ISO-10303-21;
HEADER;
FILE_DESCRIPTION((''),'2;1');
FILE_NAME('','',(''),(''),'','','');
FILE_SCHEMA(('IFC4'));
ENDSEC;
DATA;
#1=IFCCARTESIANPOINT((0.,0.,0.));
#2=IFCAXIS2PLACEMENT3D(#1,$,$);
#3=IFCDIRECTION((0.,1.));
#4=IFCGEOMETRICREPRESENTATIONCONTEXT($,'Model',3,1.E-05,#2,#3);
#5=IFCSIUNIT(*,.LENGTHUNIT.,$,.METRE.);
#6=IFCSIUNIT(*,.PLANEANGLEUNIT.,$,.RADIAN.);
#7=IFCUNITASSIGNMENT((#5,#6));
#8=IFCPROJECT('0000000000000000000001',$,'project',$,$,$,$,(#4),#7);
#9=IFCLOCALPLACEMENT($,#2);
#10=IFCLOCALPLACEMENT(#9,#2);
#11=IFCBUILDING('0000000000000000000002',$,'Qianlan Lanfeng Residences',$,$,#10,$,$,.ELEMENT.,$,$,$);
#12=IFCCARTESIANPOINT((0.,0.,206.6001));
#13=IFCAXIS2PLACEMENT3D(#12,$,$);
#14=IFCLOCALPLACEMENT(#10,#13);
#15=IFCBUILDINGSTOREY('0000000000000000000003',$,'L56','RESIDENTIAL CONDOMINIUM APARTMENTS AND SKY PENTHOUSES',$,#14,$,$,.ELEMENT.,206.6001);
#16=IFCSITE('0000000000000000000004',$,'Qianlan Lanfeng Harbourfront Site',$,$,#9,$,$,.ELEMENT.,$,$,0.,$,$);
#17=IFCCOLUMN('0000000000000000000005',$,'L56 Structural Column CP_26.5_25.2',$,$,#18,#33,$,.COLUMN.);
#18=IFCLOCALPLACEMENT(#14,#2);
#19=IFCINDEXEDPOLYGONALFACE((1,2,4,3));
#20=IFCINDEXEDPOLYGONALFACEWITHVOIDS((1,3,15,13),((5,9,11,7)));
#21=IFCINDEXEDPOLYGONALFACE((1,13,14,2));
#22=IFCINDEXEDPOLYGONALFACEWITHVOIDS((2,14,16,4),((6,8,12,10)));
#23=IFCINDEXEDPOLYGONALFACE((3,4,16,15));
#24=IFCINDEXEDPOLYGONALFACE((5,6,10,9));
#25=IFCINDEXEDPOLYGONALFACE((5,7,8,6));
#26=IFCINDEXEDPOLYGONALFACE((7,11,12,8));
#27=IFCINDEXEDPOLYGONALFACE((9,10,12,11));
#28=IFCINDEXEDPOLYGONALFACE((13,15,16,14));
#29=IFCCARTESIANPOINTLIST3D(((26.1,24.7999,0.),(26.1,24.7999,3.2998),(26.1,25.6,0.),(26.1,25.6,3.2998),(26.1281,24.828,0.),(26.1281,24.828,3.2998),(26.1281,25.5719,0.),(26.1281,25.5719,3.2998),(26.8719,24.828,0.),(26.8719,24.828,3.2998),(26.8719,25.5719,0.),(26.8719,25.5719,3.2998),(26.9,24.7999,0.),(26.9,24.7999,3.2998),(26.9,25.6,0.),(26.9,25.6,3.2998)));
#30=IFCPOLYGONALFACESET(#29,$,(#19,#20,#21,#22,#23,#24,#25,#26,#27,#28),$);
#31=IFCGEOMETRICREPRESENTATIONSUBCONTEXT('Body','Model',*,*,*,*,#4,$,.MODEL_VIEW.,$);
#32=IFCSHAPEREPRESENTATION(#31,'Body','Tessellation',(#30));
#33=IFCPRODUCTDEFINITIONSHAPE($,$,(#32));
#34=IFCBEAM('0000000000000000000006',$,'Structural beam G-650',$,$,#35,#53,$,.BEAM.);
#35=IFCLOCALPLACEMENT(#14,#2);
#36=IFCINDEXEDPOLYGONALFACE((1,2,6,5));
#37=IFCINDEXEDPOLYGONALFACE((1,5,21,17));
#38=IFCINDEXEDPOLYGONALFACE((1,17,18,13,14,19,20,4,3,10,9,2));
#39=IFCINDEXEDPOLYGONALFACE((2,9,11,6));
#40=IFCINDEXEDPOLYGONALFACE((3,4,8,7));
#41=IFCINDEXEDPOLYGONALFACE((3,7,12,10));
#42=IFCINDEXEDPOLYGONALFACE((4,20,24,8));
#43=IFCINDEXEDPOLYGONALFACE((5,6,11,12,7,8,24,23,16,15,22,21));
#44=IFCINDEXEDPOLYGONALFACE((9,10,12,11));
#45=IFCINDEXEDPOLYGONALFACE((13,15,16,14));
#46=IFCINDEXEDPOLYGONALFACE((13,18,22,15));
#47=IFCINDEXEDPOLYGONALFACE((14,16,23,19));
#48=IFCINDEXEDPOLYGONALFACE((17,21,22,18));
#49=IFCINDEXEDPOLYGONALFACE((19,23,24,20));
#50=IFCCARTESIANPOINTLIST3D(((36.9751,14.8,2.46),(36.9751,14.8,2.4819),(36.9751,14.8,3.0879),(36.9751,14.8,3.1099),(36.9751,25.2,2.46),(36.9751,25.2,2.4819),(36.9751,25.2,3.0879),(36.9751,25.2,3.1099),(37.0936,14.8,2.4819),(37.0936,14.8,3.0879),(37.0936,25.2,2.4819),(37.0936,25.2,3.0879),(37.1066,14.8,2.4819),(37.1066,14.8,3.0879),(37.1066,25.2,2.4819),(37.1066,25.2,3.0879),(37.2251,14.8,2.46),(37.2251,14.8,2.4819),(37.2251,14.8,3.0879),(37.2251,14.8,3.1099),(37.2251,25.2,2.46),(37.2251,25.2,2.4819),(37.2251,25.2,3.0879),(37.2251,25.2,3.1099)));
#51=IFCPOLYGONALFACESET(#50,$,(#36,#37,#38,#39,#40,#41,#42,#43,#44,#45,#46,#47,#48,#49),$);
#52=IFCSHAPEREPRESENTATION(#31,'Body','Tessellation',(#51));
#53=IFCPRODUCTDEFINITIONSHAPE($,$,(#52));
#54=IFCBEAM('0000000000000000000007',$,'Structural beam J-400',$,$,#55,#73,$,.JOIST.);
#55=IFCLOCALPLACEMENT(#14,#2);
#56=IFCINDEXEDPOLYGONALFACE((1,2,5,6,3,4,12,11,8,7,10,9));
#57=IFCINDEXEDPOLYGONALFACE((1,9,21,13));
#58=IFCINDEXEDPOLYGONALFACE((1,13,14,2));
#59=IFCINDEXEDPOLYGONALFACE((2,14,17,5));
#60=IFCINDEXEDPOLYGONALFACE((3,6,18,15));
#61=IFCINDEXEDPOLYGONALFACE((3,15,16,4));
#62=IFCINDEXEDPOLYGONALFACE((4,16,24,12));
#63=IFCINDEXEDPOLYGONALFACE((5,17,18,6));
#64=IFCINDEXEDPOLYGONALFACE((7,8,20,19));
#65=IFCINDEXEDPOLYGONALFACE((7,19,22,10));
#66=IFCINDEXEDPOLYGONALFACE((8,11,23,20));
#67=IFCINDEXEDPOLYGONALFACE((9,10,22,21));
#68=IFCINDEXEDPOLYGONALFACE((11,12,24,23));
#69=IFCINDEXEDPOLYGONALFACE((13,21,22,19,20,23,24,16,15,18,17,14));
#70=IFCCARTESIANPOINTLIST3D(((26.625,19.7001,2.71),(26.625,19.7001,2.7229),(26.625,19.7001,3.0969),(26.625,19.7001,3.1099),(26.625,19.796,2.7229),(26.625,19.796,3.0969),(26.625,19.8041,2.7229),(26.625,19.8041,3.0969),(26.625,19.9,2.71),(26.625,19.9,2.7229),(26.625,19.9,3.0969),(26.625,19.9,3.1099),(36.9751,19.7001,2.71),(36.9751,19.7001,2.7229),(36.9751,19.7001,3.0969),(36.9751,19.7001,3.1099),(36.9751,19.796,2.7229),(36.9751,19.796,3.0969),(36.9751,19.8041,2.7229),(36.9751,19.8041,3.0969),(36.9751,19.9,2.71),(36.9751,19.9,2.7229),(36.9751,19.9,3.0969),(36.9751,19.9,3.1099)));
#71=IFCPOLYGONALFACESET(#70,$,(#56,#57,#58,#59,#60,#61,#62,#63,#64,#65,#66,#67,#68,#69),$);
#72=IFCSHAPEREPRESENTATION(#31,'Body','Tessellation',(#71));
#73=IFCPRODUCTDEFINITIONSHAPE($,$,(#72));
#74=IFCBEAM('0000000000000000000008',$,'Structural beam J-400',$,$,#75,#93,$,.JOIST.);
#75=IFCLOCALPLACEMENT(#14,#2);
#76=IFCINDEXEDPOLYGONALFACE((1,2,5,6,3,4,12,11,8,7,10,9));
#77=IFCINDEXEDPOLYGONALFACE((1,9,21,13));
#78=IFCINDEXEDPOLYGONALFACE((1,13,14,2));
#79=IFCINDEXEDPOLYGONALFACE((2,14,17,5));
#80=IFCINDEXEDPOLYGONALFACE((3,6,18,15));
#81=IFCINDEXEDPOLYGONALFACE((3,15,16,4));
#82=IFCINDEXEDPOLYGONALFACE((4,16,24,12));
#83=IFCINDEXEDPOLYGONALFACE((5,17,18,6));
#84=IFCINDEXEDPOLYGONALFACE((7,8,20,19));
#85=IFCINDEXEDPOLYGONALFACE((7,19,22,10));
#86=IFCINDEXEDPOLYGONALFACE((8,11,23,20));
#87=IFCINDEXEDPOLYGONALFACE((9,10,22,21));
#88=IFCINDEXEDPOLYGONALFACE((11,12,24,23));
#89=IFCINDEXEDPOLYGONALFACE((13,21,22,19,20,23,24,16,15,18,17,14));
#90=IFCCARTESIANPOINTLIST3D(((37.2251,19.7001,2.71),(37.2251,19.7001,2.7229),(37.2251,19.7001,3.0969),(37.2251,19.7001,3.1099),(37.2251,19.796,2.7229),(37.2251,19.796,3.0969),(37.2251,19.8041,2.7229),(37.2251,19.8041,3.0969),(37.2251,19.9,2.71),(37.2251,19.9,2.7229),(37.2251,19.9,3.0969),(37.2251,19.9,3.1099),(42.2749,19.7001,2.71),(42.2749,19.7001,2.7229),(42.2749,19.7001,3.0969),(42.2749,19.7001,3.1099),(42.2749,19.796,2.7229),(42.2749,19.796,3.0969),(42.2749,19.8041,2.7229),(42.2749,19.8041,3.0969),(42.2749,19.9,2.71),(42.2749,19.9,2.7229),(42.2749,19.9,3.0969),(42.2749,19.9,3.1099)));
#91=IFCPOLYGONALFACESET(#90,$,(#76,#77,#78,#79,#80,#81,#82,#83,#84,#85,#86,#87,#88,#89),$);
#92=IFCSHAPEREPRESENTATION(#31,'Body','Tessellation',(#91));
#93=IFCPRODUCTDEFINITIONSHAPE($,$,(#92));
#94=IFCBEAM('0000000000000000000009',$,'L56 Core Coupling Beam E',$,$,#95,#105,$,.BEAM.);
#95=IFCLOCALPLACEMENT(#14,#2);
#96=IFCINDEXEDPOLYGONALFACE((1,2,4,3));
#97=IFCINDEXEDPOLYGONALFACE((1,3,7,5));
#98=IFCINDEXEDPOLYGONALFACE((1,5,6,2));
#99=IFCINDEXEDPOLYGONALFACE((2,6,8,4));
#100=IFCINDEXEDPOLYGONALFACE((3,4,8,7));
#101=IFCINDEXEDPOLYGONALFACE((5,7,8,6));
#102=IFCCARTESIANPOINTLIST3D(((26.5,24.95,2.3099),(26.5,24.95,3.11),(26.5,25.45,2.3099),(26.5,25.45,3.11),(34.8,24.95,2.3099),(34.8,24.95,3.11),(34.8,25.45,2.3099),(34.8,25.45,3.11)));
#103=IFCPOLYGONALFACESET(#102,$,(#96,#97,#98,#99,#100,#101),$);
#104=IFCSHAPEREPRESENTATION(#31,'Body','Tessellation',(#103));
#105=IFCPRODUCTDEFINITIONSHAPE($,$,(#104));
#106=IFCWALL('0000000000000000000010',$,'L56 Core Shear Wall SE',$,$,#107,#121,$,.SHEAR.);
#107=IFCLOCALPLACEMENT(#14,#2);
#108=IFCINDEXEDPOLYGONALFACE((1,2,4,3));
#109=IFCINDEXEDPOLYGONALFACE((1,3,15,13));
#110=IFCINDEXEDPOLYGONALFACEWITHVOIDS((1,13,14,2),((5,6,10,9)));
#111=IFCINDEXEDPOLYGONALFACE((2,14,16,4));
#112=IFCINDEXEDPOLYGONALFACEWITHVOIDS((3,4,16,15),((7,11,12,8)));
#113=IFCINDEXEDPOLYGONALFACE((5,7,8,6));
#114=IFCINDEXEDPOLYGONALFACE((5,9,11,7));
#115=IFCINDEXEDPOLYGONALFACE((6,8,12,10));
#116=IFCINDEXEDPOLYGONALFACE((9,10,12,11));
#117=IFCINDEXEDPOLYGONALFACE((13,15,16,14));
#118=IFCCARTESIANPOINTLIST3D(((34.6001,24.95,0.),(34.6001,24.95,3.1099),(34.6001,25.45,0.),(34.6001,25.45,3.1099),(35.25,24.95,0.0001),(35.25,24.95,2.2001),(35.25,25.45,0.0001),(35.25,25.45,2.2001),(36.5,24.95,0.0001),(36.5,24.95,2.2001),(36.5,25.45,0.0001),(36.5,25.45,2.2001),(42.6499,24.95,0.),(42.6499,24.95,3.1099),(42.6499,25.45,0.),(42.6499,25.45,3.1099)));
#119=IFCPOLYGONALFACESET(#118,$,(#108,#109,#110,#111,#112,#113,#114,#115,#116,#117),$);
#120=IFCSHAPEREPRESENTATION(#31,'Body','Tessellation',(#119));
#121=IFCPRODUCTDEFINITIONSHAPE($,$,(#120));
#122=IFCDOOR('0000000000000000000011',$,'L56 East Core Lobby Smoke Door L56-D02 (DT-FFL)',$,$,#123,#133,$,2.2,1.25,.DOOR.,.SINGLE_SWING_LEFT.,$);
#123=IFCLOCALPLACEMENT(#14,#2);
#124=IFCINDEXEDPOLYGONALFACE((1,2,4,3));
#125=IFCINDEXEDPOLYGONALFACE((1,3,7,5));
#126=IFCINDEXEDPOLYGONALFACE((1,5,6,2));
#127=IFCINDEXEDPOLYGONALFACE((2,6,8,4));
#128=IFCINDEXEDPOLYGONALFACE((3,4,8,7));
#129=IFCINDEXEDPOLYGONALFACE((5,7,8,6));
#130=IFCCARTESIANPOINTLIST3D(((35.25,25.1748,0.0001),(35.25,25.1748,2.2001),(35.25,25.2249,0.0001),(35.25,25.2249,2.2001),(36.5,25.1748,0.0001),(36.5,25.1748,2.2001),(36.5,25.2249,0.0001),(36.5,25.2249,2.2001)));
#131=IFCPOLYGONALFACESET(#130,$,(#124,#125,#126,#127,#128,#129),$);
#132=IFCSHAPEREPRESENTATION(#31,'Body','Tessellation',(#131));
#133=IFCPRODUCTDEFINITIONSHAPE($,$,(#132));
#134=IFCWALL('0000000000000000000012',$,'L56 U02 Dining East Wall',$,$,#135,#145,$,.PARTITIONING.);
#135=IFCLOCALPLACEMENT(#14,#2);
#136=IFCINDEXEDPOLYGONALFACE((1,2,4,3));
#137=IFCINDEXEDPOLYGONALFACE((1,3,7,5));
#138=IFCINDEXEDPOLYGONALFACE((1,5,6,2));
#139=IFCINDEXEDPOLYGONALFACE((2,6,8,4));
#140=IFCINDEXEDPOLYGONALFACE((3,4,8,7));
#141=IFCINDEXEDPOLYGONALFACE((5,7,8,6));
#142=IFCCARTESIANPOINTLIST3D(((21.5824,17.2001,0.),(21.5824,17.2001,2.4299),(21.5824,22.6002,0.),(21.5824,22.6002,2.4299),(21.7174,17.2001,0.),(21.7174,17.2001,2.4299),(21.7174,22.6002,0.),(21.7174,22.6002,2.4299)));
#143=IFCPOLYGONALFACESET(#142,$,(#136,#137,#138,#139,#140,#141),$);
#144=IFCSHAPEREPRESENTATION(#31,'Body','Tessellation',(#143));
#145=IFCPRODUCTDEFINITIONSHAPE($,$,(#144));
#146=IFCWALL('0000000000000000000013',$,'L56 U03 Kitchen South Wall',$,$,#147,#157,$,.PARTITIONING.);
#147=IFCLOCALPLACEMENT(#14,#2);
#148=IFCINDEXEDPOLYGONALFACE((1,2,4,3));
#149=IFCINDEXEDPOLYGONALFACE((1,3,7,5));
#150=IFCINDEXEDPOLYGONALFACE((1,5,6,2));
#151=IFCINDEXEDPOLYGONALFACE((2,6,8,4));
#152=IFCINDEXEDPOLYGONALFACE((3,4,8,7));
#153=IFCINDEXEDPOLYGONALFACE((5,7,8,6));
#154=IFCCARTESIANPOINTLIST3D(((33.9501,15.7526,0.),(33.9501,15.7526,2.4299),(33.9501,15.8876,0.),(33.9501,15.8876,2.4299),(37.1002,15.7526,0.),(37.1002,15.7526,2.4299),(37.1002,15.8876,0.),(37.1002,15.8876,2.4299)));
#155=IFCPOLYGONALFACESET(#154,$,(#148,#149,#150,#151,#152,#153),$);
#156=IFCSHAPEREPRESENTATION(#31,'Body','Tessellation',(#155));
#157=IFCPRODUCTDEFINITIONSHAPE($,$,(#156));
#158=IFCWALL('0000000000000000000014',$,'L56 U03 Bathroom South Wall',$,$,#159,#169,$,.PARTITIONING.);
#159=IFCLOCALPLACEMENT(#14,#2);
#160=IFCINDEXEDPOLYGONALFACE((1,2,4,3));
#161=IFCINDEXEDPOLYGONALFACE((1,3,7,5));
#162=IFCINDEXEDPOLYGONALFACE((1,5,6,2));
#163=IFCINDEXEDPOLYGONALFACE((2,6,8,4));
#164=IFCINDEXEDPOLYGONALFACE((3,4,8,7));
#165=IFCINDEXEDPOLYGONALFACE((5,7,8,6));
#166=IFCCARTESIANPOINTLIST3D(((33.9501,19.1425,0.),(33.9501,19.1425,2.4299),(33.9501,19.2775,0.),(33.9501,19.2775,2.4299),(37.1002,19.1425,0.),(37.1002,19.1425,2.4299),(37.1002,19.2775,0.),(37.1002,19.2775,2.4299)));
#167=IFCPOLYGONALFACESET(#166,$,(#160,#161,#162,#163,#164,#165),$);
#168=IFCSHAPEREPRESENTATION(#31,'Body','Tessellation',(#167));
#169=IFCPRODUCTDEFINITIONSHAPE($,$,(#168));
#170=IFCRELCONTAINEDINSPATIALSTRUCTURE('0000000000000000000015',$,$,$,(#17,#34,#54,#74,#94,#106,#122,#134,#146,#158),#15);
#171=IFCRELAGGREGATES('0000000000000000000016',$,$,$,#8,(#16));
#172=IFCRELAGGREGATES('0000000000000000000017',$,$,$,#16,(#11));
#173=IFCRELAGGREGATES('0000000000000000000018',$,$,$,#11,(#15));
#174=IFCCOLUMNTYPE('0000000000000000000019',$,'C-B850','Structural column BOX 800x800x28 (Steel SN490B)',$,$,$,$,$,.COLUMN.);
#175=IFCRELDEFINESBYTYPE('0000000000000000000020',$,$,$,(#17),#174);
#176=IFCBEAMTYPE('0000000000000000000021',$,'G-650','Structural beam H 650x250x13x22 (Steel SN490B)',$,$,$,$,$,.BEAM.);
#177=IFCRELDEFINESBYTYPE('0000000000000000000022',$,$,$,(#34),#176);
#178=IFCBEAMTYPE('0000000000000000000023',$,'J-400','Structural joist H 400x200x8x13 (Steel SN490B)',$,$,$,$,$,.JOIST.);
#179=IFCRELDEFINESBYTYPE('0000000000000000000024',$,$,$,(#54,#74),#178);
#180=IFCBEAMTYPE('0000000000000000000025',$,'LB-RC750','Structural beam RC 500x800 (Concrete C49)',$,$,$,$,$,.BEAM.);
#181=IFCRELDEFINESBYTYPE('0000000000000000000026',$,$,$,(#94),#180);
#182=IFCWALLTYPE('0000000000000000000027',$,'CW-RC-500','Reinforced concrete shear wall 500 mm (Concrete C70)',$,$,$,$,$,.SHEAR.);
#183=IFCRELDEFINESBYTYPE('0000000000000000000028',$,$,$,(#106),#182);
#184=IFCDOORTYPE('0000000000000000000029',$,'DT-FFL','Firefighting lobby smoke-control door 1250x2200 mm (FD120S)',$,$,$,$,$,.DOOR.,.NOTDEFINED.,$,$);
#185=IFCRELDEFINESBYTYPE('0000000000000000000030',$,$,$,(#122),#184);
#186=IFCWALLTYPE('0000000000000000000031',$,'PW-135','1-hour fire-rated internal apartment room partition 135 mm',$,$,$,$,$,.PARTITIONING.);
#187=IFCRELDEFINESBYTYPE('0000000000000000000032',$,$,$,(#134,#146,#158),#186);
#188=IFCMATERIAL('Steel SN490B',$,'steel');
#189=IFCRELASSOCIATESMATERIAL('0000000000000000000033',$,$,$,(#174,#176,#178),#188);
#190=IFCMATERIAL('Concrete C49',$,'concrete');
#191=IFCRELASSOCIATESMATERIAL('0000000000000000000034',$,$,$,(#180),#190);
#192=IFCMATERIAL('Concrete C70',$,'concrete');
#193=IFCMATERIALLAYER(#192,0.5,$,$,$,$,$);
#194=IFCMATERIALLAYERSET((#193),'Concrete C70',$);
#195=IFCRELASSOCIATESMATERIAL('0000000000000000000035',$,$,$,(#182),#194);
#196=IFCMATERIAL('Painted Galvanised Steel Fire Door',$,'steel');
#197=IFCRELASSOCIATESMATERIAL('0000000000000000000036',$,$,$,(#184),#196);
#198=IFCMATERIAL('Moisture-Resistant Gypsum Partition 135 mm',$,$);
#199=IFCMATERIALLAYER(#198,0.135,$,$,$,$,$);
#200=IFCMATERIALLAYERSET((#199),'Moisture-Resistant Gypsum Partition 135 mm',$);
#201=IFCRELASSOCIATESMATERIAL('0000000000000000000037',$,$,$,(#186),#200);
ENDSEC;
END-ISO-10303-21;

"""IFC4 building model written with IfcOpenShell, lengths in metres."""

from ifc_helpers import new_model, si_unit, direction, frame, frame_2d, origin, origin_2d, place, context, subcontext, project, spatial, rectangle, hollow_rectangle, i_section, extrude, material, layer, layer_set, material_profile, profile_set, type_object, element, fill, save


model = new_model("IFC4")

# Units and contexts
model_context = context("Model", 3, precision=1e-05, world=origin(), true_north=direction((0.0, 1.0)))
body_context = subcontext(model_context, "Body", "Model", "MODEL_VIEW")
ifc_project = project(units=[si_unit("LENGTHUNIT", "METRE"), si_unit("PLANEANGLEUNIT", "RADIAN")], contexts=[model_context])

# Site, building, storey
site_placement = place(None, origin())
site = spatial("IfcSite", under=ifc_project, at=site_placement, Name="Qianlan Lanfeng Harbourfront Site", CompositionType="ELEMENT", RefElevation=0.0)
building_placement = place(site_placement, origin())
building = spatial("IfcBuilding", under=site, at=building_placement, Name="Qianlan Lanfeng Residences", CompositionType="ELEMENT")
storey_placement = place(building_placement, frame((0.0, 0.0, 206.6001)))
storey = spatial("IfcBuildingStorey", under=building, at=storey_placement, Name="L56", Description="RESIDENTIAL CONDOMINIUM APARTMENTS AND SKY PENTHOUSES", CompositionType="ELEMENT", Elevation=206.6001)

# Column
ifc_material_1 = material(Name="Steel SN490B", Category="steel")
ifc_material_profile_1 = material_profile(ifc_material_1, hollow_rectangle(XDim=0.8, YDim=0.8, WallThickness=0.0281, at=origin_2d()), Name="BOX 800x800x28")
ifc_profile_set_1 = profile_set([ifc_material_profile_1], Name="Steel SN490B")
column_type = type_object("IfcColumnType", Name="C-B850", Description="Structural column BOX 800x800x28 (Steel SN490B)", PredefinedType="COLUMN", material=ifc_profile_set_1)
column_placement = place(storey_placement, frame((26.5, 25.2, 0.0), z_axis=(0.0, 0.0, 1.0), x_axis=(1.0, 0.0, 0.0)))
element("IfcColumn", 1, at=column_placement, inside=storey, type_object=column_type, Name="L56 Structural Column CP_26.5_25.2", PredefinedType="COLUMN", context=body_context, shape_type="SweptSolid", body=[
    extrude(hollow_rectangle(XDim=0.8, YDim=0.8, WallThickness=0.0281, at=origin_2d()), origin(), (0.0, 0.0, 1.0), 3.2998),
])

# Beams
ifc_material_profile_2 = material_profile(ifc_material_1, i_section(OverallWidth=0.25, OverallDepth=0.6499, WebThickness=0.0129, FlangeThickness=0.022, at=origin_2d()), Name="H 650x250x13x22")
ifc_profile_set_2 = profile_set([ifc_material_profile_2], Name="Steel SN490B")
beam_type_1 = type_object("IfcBeamType", Name="G-650", Description="Structural beam H 650x250x13x22 (Steel SN490B)", PredefinedType="BEAM", material=ifc_profile_set_2)
beam_1_placement = place(storey_placement, frame((37.1001, 14.8, 2.7849), z_axis=(0.0, 1.0, 0.0), x_axis=(-1.0, 0.0, 0.0)))
element("IfcBeam", 2, at=beam_1_placement, inside=storey, type_object=beam_type_1, Name="Structural beam G-650", PredefinedType="BEAM", context=body_context, shape_type="SweptSolid", body=[
    extrude(i_section(OverallWidth=0.25, OverallDepth=0.6499, WebThickness=0.0129, FlangeThickness=0.022, at=origin_2d()), origin(), (0.0, 0.0, 1.0), 10.3999),
])
ifc_material_profile_3 = material_profile(ifc_material_1, i_section(OverallWidth=0.2, OverallDepth=0.3999, WebThickness=0.0081, FlangeThickness=0.0129, at=origin_2d()), Name="H 400x200x8x13")
ifc_profile_set_3 = profile_set([ifc_material_profile_3], Name="Steel SN490B")
beam_type_2 = type_object("IfcBeamType", Name="J-400", Description="Structural joist H 400x200x8x13 (Steel SN490B)", PredefinedType="JOIST", material=ifc_profile_set_3)
beam_2_placement = place(storey_placement, frame((26.625, 19.8, 2.9099), z_axis=(1.0, 0.0, 0.0), x_axis=(0.0, 1.0, 0.0)))
element("IfcBeam", 3, at=beam_2_placement, inside=storey, type_object=beam_type_2, Name="Structural beam J-400", PredefinedType="JOIST", context=body_context, shape_type="SweptSolid", body=[
    extrude(i_section(OverallWidth=0.2, OverallDepth=0.3999, WebThickness=0.0081, FlangeThickness=0.0129, at=origin_2d()), origin(), (0.0, 0.0, 1.0), 10.3501),
])
beam_3_placement = place(storey_placement, frame((37.2251, 19.8, 2.9099), z_axis=(1.0, 0.0, 0.0), x_axis=(0.0, 1.0, 0.0)))
element("IfcBeam", 4, at=beam_3_placement, inside=storey, type_object=beam_type_2, Name="Structural beam J-400", PredefinedType="JOIST", context=body_context, shape_type="SweptSolid", body=[
    extrude(i_section(OverallWidth=0.2, OverallDepth=0.3999, WebThickness=0.0081, FlangeThickness=0.0129, at=origin_2d()), origin(), (0.0, 0.0, 1.0), 5.0498),
])
ifc_material_2 = material(Name="Concrete C49", Category="concrete")
ifc_material_profile_4 = material_profile(ifc_material_2, rectangle(XDim=0.5, YDim=0.8, at=origin_2d()), Name="RC 500x800")
ifc_profile_set_4 = profile_set([ifc_material_profile_4], Name="Concrete C49")
beam_type_3 = type_object("IfcBeamType", Name="LB-RC750", Description="Structural beam RC 500x800 (Concrete C49)", PredefinedType="BEAM", material=ifc_profile_set_4)
beam_4_placement = place(storey_placement, frame((26.5, 25.2, 2.71), z_axis=(1.0, 0.0, 0.0), x_axis=(0.0, 1.0, 0.0)))
element("IfcBeam", 5, at=beam_4_placement, inside=storey, type_object=beam_type_3, Name="L56 Core Coupling Beam E", PredefinedType="BEAM", context=body_context, shape_type="SweptSolid", body=[
    extrude(rectangle(XDim=0.5, YDim=0.8, at=origin_2d()), origin(), (0.0, 0.0, 1.0), 8.3),
])

# Wall, opening, door
ifc_material_3 = material(Name="Concrete C70", Category="concrete")
ifc_layer_1 = layer(ifc_material_3, 0.5)
ifc_layer_set_1 = layer_set([ifc_layer_1], Name="Concrete C70")
wall_type_1 = type_object("IfcWallType", Name="CW-RC-500", Description="Reinforced concrete shear wall 500 mm (Concrete C70)", PredefinedType="SHEAR", material=ifc_layer_set_1)
wall_1_placement = place(storey_placement, frame((34.6001, 25.2, 0.0), z_axis=(0.0, 0.0, 1.0), x_axis=(1.0, 0.0, 0.0)))
wall_1 = element("IfcWall", 6, at=wall_1_placement, inside=storey, type_object=wall_type_1, Name="L56 Core Shear Wall SE", PredefinedType="SHEAR", context=body_context, shape_type="SweptSolid", body=[
    extrude(rectangle(XDim=8.0498, YDim=0.5, at=frame_2d((4.0249, 0.0))), origin(), (0.0, 0.0, 1.0), 3.1099),
])
opening_1_placement = place(wall_1_placement, frame((0.6499, 0.0, 0.0)))
opening_1 = element("IfcOpeningElement", 7, at=opening_1_placement, cuts=wall_1, PredefinedType="OPENING", context=body_context, shape_type="SweptSolid", body=[
    extrude(rectangle(XDim=1.25, YDim=2.2, at=frame_2d((0.625, 1.1001))), frame((0.0, 0.26, 0.0), z_axis=(0.0, -1.0, 0.0), x_axis=(1.0, 0.0, 0.0)), (0.0, 0.0, 1.0), 0.52),
])
ifc_material_4 = material(Name="Painted Galvanised Steel Fire Door", Category="steel")
door_type_1 = type_object("IfcDoorType", Name="DT-FFL", Description="Firefighting lobby smoke-control door 1250x2200 mm (FD120S)", OperationType="NOTDEFINED", PredefinedType="DOOR", material=ifc_material_4)
door_1_placement = place(opening_1_placement, origin())
door_1 = element("IfcDoor", 8, at=door_1_placement, inside=storey, type_object=door_type_1, Name="L56 East Core Lobby Smoke Door L56-D02 (DT-FFL)", OperationType="SINGLE_SWING_LEFT", OverallHeight=2.2, OverallWidth=1.25, PredefinedType="DOOR", context=body_context, shape_type="SweptSolid", body=[
    extrude(rectangle(XDim=1.25, YDim=2.2, at=frame_2d((0.625, 1.1001))), frame((0.0, 0.0249, 0.0), z_axis=(0.0, -1.0, 0.0), x_axis=(1.0, 0.0, 0.0)), (0.0, 0.0, 1.0), 0.05),
])
fill(opening_1, door_1)

# Wall
ifc_material_5 = material(Name="Moisture-Resistant Gypsum Partition 135 mm")
ifc_layer_2 = layer(ifc_material_5, 0.135)
ifc_layer_set_2 = layer_set([ifc_layer_2], Name="Moisture-Resistant Gypsum Partition 135 mm")
wall_type_2 = type_object("IfcWallType", Name="PW-135", Description="1-hour fire-rated internal apartment room partition 135 mm", PredefinedType="PARTITIONING", material=ifc_layer_set_2)
wall_2_placement = place(storey_placement, frame((21.6499, 17.2, 0.0), z_axis=(0.0, 0.0, 1.0), x_axis=(0.0, 1.0, 0.0)))
element("IfcWall", 9, at=wall_2_placement, inside=storey, type_object=wall_type_2, Name="L56 U02 Dining East Wall", PredefinedType="PARTITIONING", context=body_context, shape_type="SweptSolid", body=[
    extrude(rectangle(XDim=5.4001, YDim=0.135, at=frame_2d((2.7002, 0.0))), origin(), (0.0, 0.0, 1.0), 2.4299),
])

# Walls
for number, where, z_axis, x_axis, name in (
    (10, (33.95, 15.8201, 0.0), (0.0, 0.0, 1.0), (1.0, 0.0, 0.0), "L56 U03 Kitchen South Wall"),
    (11, (33.95, 19.21, 0.0), (0.0, 0.0, 1.0), (1.0, 0.0, 0.0), "L56 U03 Bathroom South Wall"),
):
    element("IfcWall", number, at=place(storey_placement, frame(where, z_axis=z_axis, x_axis=x_axis)), inside=storey, type_object=wall_type_2, Name=name, PredefinedType="PARTITIONING", context=body_context, shape_type="SweptSolid", body=[
        extrude(rectangle(XDim=3.1501, YDim=0.135, at=frame_2d((1.5752, 0.0))), origin(), (0.0, 0.0, 1.0), 2.4299),
    ])

save(model, "model.ifc")
